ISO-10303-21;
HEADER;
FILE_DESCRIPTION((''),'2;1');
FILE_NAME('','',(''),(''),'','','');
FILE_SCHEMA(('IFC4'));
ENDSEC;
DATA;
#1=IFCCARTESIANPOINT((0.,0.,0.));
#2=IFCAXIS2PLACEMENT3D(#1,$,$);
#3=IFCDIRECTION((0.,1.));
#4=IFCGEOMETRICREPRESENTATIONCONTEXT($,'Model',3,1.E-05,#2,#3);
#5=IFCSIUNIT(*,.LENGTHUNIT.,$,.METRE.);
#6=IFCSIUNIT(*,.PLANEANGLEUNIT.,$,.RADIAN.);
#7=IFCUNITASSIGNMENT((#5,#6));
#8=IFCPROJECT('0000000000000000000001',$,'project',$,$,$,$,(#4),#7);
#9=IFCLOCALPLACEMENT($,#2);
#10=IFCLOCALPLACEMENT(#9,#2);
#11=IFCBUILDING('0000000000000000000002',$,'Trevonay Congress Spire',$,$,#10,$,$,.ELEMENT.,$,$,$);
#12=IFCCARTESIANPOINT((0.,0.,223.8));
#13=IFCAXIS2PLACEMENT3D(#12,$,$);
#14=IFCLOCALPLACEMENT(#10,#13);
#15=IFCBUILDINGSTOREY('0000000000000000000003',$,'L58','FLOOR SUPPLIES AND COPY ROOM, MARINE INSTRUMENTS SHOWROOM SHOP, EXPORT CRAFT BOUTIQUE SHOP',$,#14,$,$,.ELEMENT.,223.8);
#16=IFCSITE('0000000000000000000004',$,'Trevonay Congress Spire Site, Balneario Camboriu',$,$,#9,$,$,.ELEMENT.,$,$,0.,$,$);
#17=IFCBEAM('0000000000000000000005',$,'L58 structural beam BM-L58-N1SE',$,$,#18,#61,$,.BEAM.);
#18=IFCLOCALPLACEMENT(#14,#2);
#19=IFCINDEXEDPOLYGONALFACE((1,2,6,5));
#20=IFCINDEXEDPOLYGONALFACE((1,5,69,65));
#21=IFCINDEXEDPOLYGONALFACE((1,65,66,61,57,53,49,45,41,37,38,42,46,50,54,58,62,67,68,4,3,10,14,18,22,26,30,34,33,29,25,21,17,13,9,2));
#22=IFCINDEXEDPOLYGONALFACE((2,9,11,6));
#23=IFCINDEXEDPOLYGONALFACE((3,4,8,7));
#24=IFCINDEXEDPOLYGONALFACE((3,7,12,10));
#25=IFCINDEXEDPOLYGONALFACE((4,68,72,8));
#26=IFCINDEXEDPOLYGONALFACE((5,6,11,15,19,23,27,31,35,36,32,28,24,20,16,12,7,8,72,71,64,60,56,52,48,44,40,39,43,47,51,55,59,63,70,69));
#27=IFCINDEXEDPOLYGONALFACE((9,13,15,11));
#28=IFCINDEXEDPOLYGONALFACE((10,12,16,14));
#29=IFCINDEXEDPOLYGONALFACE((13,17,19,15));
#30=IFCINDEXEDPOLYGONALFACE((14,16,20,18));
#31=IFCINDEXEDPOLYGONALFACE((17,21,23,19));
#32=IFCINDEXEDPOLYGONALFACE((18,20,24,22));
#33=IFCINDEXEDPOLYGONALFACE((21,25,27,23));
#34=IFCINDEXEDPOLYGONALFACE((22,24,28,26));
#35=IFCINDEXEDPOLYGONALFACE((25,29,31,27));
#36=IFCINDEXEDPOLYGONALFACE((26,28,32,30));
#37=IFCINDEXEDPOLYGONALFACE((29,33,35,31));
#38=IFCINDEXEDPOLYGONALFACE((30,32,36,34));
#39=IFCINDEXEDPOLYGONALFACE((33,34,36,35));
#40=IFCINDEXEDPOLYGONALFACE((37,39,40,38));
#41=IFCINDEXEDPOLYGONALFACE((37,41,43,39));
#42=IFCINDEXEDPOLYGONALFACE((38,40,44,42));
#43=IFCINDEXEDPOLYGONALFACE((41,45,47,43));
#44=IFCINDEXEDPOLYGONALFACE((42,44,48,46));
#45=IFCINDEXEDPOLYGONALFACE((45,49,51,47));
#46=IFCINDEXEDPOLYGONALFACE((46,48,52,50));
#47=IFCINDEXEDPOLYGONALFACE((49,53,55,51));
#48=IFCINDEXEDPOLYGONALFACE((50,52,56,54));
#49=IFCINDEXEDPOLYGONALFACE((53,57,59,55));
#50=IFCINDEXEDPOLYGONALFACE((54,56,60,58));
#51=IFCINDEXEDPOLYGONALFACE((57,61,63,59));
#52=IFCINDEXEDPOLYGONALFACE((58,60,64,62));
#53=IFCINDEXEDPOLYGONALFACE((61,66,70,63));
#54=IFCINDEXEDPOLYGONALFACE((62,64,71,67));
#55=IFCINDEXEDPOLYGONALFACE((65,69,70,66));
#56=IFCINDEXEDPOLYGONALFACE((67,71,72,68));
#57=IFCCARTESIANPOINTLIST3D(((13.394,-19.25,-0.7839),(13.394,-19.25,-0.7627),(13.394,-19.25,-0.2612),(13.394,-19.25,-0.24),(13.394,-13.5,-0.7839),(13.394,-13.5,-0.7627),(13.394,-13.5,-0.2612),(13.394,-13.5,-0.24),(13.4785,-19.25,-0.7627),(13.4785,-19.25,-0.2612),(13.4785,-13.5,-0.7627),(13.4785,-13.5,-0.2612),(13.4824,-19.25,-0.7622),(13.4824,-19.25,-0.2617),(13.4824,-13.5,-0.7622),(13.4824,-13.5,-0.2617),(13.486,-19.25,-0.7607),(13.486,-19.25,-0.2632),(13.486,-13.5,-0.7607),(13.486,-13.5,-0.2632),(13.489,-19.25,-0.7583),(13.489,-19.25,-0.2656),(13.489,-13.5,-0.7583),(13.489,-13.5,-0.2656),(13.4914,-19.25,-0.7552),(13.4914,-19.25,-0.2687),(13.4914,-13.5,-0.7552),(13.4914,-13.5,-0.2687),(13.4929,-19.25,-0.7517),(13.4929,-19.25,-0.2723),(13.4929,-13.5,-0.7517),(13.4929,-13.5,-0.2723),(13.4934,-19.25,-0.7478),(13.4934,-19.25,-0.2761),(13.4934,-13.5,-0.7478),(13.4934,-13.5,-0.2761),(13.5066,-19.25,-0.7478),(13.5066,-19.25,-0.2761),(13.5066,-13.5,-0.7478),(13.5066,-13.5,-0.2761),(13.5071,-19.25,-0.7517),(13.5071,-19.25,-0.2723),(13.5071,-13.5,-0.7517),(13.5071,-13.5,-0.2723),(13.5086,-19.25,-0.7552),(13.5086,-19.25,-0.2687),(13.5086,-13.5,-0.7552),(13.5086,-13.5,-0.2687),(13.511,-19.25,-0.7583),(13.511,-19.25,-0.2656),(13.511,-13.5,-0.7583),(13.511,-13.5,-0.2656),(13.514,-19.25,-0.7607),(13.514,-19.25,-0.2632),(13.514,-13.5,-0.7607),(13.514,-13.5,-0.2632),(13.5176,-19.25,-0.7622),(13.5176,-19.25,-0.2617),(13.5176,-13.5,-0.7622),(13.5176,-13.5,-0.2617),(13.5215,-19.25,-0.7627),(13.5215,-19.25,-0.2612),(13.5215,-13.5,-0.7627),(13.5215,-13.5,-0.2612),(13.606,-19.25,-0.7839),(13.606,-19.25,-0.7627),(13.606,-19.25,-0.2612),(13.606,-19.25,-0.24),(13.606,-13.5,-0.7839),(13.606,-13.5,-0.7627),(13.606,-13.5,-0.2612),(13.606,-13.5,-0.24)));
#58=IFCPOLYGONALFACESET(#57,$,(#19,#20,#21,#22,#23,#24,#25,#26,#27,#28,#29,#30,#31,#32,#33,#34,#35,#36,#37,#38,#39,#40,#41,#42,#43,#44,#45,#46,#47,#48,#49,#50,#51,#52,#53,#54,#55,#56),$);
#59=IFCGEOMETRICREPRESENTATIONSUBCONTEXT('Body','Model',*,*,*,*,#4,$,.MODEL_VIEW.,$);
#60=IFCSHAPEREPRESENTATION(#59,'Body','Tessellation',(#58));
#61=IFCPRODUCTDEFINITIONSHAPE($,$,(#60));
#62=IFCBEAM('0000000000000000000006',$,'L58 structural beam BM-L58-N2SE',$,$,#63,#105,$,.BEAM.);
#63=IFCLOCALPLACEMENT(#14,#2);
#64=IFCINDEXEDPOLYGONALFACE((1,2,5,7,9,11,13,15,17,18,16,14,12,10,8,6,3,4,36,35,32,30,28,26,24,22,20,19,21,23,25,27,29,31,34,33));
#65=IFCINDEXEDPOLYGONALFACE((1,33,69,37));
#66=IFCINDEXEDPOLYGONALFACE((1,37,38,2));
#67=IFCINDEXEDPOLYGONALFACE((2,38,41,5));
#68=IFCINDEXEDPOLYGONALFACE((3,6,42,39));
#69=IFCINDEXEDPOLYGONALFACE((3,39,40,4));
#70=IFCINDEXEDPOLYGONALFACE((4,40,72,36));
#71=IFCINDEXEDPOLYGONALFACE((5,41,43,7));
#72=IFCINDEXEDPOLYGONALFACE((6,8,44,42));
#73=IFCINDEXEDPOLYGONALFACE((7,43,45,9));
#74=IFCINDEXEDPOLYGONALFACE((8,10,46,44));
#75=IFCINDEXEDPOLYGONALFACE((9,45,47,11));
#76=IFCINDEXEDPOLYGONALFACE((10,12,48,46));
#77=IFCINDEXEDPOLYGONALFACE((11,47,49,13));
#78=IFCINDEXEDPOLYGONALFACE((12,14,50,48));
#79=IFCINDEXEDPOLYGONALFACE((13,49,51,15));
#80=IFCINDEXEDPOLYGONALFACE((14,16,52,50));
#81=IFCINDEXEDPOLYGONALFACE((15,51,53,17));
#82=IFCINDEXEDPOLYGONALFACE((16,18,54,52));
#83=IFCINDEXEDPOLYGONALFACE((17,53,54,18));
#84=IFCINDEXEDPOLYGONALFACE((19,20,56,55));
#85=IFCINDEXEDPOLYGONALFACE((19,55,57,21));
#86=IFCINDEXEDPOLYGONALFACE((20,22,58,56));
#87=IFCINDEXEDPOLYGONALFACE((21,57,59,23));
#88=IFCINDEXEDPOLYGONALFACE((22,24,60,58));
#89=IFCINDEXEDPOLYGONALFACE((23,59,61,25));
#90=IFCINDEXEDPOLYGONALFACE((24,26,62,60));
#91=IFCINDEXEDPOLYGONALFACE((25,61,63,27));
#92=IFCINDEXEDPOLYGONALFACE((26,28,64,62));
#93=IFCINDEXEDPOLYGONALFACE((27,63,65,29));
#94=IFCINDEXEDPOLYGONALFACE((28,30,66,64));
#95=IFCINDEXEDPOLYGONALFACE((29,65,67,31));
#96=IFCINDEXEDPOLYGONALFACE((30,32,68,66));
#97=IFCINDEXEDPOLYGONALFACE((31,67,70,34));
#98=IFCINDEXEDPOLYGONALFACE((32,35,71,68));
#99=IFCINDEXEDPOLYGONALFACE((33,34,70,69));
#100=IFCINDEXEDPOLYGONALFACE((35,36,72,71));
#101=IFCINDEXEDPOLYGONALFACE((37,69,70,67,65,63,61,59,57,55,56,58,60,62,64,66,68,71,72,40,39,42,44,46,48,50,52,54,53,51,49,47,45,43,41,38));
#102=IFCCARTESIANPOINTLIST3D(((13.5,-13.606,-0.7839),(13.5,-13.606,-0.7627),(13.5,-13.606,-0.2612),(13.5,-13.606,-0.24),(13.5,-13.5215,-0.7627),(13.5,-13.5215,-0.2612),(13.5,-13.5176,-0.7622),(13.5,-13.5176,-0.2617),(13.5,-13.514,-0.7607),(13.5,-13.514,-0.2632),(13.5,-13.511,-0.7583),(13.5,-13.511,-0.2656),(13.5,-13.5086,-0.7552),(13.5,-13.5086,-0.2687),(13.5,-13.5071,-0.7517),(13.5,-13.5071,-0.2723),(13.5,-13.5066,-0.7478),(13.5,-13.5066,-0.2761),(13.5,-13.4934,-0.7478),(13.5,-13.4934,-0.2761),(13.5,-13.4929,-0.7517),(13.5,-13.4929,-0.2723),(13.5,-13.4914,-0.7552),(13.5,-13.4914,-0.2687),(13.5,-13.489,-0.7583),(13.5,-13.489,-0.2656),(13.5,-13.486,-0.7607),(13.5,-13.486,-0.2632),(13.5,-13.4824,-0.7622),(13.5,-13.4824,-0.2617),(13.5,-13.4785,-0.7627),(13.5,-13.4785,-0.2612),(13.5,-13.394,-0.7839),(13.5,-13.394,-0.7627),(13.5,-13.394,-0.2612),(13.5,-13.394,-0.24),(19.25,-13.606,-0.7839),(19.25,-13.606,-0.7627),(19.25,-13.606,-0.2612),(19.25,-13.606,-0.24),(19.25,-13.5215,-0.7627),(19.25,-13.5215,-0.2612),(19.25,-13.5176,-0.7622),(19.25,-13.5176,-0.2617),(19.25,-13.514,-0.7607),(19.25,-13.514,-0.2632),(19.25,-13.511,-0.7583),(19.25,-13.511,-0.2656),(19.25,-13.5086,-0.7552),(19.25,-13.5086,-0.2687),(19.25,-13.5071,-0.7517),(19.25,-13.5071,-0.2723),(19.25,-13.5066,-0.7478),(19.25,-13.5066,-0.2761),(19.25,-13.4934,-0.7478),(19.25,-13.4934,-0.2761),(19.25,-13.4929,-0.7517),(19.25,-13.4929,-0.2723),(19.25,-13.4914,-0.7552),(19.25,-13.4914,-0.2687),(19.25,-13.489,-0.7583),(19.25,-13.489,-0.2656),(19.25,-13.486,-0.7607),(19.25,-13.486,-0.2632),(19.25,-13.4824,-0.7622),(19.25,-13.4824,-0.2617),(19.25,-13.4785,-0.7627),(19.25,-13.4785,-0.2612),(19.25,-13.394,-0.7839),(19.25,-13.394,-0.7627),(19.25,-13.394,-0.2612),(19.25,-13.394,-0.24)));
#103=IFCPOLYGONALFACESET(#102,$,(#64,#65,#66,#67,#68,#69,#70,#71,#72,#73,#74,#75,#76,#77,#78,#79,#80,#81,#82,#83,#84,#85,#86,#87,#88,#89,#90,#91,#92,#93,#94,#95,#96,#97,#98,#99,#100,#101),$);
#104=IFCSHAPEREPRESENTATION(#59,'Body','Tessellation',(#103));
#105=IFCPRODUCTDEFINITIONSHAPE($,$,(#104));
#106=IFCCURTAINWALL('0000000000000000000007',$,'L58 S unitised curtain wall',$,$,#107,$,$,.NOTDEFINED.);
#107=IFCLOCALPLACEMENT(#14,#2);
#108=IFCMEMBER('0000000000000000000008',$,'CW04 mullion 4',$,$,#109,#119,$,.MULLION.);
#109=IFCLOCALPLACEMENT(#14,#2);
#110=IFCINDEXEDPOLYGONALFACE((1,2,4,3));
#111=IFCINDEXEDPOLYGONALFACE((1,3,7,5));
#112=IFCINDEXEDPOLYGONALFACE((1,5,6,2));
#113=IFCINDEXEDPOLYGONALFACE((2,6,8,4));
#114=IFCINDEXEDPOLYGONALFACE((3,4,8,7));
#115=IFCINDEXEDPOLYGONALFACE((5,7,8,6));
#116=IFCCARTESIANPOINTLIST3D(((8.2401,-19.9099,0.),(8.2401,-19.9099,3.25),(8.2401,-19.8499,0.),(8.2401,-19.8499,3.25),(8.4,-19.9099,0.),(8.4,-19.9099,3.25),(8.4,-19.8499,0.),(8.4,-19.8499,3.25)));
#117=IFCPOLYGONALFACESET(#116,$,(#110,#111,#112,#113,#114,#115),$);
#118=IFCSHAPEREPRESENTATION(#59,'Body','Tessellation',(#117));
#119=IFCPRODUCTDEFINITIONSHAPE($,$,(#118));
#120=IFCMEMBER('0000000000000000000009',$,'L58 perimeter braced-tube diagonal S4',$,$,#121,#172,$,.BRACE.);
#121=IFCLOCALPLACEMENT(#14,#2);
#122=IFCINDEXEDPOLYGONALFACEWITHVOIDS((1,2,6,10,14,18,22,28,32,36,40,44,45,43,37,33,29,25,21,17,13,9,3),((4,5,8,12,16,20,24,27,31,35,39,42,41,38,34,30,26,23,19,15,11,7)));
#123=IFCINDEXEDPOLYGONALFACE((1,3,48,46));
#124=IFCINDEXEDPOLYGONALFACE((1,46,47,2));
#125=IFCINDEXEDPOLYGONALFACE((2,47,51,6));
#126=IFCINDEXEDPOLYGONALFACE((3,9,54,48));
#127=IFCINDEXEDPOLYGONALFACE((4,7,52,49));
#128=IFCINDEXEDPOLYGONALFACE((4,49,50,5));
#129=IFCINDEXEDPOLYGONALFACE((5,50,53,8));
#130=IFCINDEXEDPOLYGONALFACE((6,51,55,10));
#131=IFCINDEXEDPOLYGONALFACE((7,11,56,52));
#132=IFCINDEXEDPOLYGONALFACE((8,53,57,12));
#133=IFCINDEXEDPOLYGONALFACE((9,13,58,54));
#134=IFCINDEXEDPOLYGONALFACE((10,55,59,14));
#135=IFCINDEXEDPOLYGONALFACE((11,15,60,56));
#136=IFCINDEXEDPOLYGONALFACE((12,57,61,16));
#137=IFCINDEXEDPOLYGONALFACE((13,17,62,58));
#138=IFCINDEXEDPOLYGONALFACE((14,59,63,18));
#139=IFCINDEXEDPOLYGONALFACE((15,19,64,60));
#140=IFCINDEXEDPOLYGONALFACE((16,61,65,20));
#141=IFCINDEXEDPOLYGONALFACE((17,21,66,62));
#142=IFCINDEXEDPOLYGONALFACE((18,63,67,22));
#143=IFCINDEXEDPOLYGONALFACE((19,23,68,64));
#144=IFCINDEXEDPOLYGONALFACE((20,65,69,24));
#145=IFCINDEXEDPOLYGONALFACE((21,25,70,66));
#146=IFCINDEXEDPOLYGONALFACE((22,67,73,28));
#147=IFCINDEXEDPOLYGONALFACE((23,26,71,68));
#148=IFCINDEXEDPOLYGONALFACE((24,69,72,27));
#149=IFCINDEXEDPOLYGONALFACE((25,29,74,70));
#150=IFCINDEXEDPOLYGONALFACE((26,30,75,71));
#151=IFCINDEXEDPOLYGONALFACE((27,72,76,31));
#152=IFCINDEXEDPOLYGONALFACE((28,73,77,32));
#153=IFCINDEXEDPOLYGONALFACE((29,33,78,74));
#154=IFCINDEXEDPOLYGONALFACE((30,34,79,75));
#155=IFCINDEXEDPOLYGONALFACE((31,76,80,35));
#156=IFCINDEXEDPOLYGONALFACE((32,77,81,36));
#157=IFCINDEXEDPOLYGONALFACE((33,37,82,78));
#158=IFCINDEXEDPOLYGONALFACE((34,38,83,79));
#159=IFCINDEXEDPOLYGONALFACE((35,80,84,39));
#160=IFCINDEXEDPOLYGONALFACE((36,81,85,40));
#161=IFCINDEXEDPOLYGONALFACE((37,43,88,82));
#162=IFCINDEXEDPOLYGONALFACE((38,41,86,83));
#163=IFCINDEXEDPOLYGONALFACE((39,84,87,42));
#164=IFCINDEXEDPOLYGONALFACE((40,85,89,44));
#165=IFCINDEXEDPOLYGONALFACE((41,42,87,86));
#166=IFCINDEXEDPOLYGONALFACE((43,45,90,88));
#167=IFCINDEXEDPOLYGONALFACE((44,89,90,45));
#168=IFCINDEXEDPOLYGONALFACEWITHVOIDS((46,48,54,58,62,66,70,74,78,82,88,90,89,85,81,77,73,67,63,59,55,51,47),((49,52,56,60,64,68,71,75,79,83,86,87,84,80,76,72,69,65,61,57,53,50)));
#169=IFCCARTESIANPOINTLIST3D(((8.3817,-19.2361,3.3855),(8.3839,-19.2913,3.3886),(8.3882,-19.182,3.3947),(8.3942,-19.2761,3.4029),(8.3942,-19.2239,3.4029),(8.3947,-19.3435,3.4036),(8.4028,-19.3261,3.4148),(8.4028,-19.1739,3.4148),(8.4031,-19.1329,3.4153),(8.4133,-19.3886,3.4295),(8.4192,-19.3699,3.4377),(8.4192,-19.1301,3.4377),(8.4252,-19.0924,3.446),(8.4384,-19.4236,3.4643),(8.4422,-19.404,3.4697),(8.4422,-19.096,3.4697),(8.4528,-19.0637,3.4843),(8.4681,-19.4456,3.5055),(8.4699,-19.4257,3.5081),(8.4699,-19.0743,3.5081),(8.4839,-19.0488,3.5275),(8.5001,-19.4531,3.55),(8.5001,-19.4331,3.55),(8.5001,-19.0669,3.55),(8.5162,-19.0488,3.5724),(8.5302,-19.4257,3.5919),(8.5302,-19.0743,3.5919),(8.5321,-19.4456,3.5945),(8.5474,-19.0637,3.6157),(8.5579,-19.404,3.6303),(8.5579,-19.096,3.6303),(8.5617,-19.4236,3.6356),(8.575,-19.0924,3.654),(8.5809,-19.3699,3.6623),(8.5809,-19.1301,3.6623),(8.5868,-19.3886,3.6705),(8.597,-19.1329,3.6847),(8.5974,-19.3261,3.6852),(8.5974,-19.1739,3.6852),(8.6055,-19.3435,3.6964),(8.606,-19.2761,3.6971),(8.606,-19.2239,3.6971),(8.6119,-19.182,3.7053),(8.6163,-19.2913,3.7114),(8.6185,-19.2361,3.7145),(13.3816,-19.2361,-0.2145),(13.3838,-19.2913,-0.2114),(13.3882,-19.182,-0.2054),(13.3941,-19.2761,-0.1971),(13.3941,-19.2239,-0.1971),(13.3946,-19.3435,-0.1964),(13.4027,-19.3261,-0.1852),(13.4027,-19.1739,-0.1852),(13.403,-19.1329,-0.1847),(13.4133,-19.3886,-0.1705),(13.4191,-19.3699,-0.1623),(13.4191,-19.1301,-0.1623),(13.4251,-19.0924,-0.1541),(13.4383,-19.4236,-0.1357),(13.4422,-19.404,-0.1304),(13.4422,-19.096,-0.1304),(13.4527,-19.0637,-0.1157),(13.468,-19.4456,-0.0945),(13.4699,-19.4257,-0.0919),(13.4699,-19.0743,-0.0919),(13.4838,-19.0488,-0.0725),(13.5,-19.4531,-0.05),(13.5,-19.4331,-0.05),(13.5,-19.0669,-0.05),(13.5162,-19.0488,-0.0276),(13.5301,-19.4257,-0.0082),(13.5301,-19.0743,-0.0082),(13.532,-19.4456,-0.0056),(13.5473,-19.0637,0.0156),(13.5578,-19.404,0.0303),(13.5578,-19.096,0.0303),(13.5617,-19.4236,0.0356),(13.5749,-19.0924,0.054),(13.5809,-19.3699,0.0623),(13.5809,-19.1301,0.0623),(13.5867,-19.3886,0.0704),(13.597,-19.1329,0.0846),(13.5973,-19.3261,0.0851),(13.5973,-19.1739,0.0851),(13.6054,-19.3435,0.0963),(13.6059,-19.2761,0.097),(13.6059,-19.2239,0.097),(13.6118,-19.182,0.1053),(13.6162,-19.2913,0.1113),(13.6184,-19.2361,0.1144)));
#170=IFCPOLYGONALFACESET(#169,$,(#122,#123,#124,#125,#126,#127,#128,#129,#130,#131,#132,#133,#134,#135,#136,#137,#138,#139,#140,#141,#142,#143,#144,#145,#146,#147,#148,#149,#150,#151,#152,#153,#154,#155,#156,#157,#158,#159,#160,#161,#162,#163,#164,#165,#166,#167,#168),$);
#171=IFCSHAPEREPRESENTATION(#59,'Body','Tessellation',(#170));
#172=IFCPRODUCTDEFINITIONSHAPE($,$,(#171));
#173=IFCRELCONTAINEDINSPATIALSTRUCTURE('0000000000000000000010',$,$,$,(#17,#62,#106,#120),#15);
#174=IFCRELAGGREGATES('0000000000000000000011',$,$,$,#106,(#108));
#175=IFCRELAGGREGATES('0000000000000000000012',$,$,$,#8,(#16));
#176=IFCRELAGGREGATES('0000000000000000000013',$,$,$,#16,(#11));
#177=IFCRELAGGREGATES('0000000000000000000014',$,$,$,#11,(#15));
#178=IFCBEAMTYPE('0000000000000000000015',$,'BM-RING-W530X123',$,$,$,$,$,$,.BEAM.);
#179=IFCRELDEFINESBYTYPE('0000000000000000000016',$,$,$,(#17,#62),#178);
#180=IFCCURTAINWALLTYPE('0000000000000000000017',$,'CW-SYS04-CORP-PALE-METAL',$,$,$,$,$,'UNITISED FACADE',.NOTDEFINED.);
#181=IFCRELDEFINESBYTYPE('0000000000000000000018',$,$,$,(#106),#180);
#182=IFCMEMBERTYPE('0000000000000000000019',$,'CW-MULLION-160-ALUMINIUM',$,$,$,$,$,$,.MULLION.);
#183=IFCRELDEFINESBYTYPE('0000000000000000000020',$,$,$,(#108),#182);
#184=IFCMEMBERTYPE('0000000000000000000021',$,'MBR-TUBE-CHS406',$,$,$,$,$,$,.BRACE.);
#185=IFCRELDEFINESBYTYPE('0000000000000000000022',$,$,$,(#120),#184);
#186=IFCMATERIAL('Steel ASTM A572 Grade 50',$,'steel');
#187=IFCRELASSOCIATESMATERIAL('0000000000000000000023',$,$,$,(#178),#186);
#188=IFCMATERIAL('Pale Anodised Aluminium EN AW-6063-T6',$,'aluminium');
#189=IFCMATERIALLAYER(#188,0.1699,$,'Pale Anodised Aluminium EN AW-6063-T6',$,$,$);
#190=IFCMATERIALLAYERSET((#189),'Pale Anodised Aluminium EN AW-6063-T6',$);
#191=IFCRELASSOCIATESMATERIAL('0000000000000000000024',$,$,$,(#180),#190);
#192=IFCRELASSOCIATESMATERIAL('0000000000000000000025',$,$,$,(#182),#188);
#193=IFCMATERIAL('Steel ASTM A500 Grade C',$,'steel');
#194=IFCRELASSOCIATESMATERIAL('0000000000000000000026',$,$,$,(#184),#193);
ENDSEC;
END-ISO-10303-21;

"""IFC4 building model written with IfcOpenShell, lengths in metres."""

from ifc_helpers import new_model, si_unit, direction, frame, origin, origin_2d, place, context, subcontext, project, spatial, rectangle, hollow_circle, i_section, extrude, material, layer, layer_set, material_profile, profile_set, type_object, element, aggregate, save


model = new_model("IFC4")

# Units and contexts
model_context = context("Model", 3, precision=1e-05, world=origin(), true_north=direction((0.0, 1.0)))
body_context = subcontext(model_context, "Body", "Model", "MODEL_VIEW")
ifc_project = project(units=[si_unit("LENGTHUNIT", "METRE"), si_unit("PLANEANGLEUNIT", "RADIAN")], contexts=[model_context])

# Site, building, storey
site_placement = place(None, origin())
site = spatial("IfcSite", under=ifc_project, at=site_placement, Name="Trevonay Congress Spire Site, Balneario Camboriu", CompositionType="ELEMENT", RefElevation=0.0)
building_placement = place(site_placement, origin())
building = spatial("IfcBuilding", under=site, at=building_placement, Name="Trevonay Congress Spire", CompositionType="ELEMENT")
storey_placement = place(building_placement, frame((0.0, 0.0, 223.8)))
storey = spatial("IfcBuildingStorey", under=building, at=storey_placement, Name="L58", Description="FLOOR SUPPLIES AND COPY ROOM, MARINE INSTRUMENTS SHOWROOM SHOP, EXPORT CRAFT BOUTIQUE SHOP", CompositionType="ELEMENT", Elevation=223.8)

# Shared definitions
ifc_material_1 = material(Name="Steel ASTM A572 Grade 50", Category="steel")

# Beams
ifc_material_profile_1 = material_profile(ifc_material_1, i_section(OverallWidth=0.2119, OverallDepth=0.5439, WebThickness=0.0132, FlangeThickness=0.0212, FilletRadius=0.0149, at=origin_2d()), Name="W530x123")
ifc_profile_set_1 = profile_set([ifc_material_profile_1], Name="Steel ASTM A572 Grade 50")
beam_type = type_object("IfcBeamType", Name="BM-RING-W530X123", PredefinedType="BEAM", material=ifc_profile_set_1)
for number, where, z_axis, x_axis, name in (
    (1, (13.5, -19.25, -0.512), (0.0, 1.0, 0.0), (-1.0, 0.0, 0.0), "L58 structural beam BM-L58-N1SE"),
    (2, (19.25, -13.5, -0.512), (-1.0, 0.0, 0.0), (0.0, -1.0, 0.0), "L58 structural beam BM-L58-N2SE"),
):
    element("IfcBeam", number, at=place(storey_placement, frame(where, z_axis=z_axis, x_axis=x_axis)), inside=storey, type_object=beam_type, Name=name, PredefinedType="BEAM", context=body_context, shape_type="SweptSolid", body=[
        extrude(i_section(OverallWidth=0.2119, OverallDepth=0.5439, WebThickness=0.0132, FlangeThickness=0.0212, FilletRadius=0.0149, at=origin_2d()), origin(), (0.0, 0.0, 1.0), 5.75),
    ])

# Curtain wall, member
ifc_material_2 = material(Name="Pale Anodised Aluminium EN AW-6063-T6", Category="aluminium")
ifc_layer_1 = layer(ifc_material_2, 0.1699, Name="Pale Anodised Aluminium EN AW-6063-T6")
ifc_layer_set_1 = layer_set([ifc_layer_1], Name="Pale Anodised Aluminium EN AW-6063-T6")
curtain_wall_type = type_object("IfcCurtainWallType", Name="CW-SYS04-CORP-PALE-METAL", ElementType="UNITISED FACADE", PredefinedType="NOTDEFINED", material=ifc_layer_set_1)
curtain_wall_placement = place(storey_placement, origin())
curtain_wall = element("IfcCurtainWall", 3, at=curtain_wall_placement, inside=storey, type_object=curtain_wall_type, Name="L58 S unitised curtain wall", PredefinedType="NOTDEFINED")
ifc_material_profile_2 = material_profile(ifc_material_2, rectangle(XDim=0.0601, YDim=0.1599, at=origin_2d()), Name="CW-MULLION-160-ALUMINIUM")
ifc_profile_set_2 = profile_set([ifc_material_profile_2], Name="Pale Anodised Aluminium EN AW-6063-T6")
member_type_1 = type_object("IfcMemberType", Name="CW-MULLION-160-ALUMINIUM", PredefinedType="MULLION", material=ifc_profile_set_2)
member_placement = place(storey_placement, frame((8.3201, -19.8799, 0.0), z_axis=(0.0, 0.0, 1.0), x_axis=(0.0, 1.0, 0.0)))
member = element("IfcMember", 4, at=member_placement, type_object=member_type_1, Name="CW04 mullion 4", PredefinedType="MULLION", context=body_context, shape_type="SweptSolid", body=[
    extrude(rectangle(XDim=0.0601, YDim=0.1599, at=origin_2d()), origin(), (0.0, 0.0, 1.0), 3.25),
])
aggregate(curtain_wall, [member])

# Member
ifc_material_3 = material(Name="Steel ASTM A500 Grade C", Category="steel")
ifc_material_profile_3 = material_profile(ifc_material_3, hollow_circle(Radius=0.2031, WallThickness=0.02, at=origin_2d()), Name="CHS 406.4x20")
ifc_profile_set_3 = profile_set([ifc_material_profile_3], Name="Steel ASTM A500 Grade C")
member_type_2 = type_object("IfcMemberType", Name="MBR-TUBE-CHS406", PredefinedType="BRACE", material=ifc_profile_set_3)
for number, where, z_axis, x_axis, name in (
    (5, (13.5, -19.25, -0.05), (-0.811527, 0.0, 0.584315), (0.0, -1.0, 0.0), "L58 perimeter braced-tube diagonal S4"),
):
    element("IfcMember", number, at=place(storey_placement, frame(where, z_axis=z_axis, x_axis=x_axis)), inside=storey, type_object=member_type_2, Name=name, PredefinedType="BRACE", context=body_context, shape_type="SweptSolid", body=[
        extrude(hollow_circle(Radius=0.2031, WallThickness=0.02, at=origin_2d()), origin(), (0.0, 0.0, 1.0), 6.1611),
    ])

save(model, "model.ifc")
